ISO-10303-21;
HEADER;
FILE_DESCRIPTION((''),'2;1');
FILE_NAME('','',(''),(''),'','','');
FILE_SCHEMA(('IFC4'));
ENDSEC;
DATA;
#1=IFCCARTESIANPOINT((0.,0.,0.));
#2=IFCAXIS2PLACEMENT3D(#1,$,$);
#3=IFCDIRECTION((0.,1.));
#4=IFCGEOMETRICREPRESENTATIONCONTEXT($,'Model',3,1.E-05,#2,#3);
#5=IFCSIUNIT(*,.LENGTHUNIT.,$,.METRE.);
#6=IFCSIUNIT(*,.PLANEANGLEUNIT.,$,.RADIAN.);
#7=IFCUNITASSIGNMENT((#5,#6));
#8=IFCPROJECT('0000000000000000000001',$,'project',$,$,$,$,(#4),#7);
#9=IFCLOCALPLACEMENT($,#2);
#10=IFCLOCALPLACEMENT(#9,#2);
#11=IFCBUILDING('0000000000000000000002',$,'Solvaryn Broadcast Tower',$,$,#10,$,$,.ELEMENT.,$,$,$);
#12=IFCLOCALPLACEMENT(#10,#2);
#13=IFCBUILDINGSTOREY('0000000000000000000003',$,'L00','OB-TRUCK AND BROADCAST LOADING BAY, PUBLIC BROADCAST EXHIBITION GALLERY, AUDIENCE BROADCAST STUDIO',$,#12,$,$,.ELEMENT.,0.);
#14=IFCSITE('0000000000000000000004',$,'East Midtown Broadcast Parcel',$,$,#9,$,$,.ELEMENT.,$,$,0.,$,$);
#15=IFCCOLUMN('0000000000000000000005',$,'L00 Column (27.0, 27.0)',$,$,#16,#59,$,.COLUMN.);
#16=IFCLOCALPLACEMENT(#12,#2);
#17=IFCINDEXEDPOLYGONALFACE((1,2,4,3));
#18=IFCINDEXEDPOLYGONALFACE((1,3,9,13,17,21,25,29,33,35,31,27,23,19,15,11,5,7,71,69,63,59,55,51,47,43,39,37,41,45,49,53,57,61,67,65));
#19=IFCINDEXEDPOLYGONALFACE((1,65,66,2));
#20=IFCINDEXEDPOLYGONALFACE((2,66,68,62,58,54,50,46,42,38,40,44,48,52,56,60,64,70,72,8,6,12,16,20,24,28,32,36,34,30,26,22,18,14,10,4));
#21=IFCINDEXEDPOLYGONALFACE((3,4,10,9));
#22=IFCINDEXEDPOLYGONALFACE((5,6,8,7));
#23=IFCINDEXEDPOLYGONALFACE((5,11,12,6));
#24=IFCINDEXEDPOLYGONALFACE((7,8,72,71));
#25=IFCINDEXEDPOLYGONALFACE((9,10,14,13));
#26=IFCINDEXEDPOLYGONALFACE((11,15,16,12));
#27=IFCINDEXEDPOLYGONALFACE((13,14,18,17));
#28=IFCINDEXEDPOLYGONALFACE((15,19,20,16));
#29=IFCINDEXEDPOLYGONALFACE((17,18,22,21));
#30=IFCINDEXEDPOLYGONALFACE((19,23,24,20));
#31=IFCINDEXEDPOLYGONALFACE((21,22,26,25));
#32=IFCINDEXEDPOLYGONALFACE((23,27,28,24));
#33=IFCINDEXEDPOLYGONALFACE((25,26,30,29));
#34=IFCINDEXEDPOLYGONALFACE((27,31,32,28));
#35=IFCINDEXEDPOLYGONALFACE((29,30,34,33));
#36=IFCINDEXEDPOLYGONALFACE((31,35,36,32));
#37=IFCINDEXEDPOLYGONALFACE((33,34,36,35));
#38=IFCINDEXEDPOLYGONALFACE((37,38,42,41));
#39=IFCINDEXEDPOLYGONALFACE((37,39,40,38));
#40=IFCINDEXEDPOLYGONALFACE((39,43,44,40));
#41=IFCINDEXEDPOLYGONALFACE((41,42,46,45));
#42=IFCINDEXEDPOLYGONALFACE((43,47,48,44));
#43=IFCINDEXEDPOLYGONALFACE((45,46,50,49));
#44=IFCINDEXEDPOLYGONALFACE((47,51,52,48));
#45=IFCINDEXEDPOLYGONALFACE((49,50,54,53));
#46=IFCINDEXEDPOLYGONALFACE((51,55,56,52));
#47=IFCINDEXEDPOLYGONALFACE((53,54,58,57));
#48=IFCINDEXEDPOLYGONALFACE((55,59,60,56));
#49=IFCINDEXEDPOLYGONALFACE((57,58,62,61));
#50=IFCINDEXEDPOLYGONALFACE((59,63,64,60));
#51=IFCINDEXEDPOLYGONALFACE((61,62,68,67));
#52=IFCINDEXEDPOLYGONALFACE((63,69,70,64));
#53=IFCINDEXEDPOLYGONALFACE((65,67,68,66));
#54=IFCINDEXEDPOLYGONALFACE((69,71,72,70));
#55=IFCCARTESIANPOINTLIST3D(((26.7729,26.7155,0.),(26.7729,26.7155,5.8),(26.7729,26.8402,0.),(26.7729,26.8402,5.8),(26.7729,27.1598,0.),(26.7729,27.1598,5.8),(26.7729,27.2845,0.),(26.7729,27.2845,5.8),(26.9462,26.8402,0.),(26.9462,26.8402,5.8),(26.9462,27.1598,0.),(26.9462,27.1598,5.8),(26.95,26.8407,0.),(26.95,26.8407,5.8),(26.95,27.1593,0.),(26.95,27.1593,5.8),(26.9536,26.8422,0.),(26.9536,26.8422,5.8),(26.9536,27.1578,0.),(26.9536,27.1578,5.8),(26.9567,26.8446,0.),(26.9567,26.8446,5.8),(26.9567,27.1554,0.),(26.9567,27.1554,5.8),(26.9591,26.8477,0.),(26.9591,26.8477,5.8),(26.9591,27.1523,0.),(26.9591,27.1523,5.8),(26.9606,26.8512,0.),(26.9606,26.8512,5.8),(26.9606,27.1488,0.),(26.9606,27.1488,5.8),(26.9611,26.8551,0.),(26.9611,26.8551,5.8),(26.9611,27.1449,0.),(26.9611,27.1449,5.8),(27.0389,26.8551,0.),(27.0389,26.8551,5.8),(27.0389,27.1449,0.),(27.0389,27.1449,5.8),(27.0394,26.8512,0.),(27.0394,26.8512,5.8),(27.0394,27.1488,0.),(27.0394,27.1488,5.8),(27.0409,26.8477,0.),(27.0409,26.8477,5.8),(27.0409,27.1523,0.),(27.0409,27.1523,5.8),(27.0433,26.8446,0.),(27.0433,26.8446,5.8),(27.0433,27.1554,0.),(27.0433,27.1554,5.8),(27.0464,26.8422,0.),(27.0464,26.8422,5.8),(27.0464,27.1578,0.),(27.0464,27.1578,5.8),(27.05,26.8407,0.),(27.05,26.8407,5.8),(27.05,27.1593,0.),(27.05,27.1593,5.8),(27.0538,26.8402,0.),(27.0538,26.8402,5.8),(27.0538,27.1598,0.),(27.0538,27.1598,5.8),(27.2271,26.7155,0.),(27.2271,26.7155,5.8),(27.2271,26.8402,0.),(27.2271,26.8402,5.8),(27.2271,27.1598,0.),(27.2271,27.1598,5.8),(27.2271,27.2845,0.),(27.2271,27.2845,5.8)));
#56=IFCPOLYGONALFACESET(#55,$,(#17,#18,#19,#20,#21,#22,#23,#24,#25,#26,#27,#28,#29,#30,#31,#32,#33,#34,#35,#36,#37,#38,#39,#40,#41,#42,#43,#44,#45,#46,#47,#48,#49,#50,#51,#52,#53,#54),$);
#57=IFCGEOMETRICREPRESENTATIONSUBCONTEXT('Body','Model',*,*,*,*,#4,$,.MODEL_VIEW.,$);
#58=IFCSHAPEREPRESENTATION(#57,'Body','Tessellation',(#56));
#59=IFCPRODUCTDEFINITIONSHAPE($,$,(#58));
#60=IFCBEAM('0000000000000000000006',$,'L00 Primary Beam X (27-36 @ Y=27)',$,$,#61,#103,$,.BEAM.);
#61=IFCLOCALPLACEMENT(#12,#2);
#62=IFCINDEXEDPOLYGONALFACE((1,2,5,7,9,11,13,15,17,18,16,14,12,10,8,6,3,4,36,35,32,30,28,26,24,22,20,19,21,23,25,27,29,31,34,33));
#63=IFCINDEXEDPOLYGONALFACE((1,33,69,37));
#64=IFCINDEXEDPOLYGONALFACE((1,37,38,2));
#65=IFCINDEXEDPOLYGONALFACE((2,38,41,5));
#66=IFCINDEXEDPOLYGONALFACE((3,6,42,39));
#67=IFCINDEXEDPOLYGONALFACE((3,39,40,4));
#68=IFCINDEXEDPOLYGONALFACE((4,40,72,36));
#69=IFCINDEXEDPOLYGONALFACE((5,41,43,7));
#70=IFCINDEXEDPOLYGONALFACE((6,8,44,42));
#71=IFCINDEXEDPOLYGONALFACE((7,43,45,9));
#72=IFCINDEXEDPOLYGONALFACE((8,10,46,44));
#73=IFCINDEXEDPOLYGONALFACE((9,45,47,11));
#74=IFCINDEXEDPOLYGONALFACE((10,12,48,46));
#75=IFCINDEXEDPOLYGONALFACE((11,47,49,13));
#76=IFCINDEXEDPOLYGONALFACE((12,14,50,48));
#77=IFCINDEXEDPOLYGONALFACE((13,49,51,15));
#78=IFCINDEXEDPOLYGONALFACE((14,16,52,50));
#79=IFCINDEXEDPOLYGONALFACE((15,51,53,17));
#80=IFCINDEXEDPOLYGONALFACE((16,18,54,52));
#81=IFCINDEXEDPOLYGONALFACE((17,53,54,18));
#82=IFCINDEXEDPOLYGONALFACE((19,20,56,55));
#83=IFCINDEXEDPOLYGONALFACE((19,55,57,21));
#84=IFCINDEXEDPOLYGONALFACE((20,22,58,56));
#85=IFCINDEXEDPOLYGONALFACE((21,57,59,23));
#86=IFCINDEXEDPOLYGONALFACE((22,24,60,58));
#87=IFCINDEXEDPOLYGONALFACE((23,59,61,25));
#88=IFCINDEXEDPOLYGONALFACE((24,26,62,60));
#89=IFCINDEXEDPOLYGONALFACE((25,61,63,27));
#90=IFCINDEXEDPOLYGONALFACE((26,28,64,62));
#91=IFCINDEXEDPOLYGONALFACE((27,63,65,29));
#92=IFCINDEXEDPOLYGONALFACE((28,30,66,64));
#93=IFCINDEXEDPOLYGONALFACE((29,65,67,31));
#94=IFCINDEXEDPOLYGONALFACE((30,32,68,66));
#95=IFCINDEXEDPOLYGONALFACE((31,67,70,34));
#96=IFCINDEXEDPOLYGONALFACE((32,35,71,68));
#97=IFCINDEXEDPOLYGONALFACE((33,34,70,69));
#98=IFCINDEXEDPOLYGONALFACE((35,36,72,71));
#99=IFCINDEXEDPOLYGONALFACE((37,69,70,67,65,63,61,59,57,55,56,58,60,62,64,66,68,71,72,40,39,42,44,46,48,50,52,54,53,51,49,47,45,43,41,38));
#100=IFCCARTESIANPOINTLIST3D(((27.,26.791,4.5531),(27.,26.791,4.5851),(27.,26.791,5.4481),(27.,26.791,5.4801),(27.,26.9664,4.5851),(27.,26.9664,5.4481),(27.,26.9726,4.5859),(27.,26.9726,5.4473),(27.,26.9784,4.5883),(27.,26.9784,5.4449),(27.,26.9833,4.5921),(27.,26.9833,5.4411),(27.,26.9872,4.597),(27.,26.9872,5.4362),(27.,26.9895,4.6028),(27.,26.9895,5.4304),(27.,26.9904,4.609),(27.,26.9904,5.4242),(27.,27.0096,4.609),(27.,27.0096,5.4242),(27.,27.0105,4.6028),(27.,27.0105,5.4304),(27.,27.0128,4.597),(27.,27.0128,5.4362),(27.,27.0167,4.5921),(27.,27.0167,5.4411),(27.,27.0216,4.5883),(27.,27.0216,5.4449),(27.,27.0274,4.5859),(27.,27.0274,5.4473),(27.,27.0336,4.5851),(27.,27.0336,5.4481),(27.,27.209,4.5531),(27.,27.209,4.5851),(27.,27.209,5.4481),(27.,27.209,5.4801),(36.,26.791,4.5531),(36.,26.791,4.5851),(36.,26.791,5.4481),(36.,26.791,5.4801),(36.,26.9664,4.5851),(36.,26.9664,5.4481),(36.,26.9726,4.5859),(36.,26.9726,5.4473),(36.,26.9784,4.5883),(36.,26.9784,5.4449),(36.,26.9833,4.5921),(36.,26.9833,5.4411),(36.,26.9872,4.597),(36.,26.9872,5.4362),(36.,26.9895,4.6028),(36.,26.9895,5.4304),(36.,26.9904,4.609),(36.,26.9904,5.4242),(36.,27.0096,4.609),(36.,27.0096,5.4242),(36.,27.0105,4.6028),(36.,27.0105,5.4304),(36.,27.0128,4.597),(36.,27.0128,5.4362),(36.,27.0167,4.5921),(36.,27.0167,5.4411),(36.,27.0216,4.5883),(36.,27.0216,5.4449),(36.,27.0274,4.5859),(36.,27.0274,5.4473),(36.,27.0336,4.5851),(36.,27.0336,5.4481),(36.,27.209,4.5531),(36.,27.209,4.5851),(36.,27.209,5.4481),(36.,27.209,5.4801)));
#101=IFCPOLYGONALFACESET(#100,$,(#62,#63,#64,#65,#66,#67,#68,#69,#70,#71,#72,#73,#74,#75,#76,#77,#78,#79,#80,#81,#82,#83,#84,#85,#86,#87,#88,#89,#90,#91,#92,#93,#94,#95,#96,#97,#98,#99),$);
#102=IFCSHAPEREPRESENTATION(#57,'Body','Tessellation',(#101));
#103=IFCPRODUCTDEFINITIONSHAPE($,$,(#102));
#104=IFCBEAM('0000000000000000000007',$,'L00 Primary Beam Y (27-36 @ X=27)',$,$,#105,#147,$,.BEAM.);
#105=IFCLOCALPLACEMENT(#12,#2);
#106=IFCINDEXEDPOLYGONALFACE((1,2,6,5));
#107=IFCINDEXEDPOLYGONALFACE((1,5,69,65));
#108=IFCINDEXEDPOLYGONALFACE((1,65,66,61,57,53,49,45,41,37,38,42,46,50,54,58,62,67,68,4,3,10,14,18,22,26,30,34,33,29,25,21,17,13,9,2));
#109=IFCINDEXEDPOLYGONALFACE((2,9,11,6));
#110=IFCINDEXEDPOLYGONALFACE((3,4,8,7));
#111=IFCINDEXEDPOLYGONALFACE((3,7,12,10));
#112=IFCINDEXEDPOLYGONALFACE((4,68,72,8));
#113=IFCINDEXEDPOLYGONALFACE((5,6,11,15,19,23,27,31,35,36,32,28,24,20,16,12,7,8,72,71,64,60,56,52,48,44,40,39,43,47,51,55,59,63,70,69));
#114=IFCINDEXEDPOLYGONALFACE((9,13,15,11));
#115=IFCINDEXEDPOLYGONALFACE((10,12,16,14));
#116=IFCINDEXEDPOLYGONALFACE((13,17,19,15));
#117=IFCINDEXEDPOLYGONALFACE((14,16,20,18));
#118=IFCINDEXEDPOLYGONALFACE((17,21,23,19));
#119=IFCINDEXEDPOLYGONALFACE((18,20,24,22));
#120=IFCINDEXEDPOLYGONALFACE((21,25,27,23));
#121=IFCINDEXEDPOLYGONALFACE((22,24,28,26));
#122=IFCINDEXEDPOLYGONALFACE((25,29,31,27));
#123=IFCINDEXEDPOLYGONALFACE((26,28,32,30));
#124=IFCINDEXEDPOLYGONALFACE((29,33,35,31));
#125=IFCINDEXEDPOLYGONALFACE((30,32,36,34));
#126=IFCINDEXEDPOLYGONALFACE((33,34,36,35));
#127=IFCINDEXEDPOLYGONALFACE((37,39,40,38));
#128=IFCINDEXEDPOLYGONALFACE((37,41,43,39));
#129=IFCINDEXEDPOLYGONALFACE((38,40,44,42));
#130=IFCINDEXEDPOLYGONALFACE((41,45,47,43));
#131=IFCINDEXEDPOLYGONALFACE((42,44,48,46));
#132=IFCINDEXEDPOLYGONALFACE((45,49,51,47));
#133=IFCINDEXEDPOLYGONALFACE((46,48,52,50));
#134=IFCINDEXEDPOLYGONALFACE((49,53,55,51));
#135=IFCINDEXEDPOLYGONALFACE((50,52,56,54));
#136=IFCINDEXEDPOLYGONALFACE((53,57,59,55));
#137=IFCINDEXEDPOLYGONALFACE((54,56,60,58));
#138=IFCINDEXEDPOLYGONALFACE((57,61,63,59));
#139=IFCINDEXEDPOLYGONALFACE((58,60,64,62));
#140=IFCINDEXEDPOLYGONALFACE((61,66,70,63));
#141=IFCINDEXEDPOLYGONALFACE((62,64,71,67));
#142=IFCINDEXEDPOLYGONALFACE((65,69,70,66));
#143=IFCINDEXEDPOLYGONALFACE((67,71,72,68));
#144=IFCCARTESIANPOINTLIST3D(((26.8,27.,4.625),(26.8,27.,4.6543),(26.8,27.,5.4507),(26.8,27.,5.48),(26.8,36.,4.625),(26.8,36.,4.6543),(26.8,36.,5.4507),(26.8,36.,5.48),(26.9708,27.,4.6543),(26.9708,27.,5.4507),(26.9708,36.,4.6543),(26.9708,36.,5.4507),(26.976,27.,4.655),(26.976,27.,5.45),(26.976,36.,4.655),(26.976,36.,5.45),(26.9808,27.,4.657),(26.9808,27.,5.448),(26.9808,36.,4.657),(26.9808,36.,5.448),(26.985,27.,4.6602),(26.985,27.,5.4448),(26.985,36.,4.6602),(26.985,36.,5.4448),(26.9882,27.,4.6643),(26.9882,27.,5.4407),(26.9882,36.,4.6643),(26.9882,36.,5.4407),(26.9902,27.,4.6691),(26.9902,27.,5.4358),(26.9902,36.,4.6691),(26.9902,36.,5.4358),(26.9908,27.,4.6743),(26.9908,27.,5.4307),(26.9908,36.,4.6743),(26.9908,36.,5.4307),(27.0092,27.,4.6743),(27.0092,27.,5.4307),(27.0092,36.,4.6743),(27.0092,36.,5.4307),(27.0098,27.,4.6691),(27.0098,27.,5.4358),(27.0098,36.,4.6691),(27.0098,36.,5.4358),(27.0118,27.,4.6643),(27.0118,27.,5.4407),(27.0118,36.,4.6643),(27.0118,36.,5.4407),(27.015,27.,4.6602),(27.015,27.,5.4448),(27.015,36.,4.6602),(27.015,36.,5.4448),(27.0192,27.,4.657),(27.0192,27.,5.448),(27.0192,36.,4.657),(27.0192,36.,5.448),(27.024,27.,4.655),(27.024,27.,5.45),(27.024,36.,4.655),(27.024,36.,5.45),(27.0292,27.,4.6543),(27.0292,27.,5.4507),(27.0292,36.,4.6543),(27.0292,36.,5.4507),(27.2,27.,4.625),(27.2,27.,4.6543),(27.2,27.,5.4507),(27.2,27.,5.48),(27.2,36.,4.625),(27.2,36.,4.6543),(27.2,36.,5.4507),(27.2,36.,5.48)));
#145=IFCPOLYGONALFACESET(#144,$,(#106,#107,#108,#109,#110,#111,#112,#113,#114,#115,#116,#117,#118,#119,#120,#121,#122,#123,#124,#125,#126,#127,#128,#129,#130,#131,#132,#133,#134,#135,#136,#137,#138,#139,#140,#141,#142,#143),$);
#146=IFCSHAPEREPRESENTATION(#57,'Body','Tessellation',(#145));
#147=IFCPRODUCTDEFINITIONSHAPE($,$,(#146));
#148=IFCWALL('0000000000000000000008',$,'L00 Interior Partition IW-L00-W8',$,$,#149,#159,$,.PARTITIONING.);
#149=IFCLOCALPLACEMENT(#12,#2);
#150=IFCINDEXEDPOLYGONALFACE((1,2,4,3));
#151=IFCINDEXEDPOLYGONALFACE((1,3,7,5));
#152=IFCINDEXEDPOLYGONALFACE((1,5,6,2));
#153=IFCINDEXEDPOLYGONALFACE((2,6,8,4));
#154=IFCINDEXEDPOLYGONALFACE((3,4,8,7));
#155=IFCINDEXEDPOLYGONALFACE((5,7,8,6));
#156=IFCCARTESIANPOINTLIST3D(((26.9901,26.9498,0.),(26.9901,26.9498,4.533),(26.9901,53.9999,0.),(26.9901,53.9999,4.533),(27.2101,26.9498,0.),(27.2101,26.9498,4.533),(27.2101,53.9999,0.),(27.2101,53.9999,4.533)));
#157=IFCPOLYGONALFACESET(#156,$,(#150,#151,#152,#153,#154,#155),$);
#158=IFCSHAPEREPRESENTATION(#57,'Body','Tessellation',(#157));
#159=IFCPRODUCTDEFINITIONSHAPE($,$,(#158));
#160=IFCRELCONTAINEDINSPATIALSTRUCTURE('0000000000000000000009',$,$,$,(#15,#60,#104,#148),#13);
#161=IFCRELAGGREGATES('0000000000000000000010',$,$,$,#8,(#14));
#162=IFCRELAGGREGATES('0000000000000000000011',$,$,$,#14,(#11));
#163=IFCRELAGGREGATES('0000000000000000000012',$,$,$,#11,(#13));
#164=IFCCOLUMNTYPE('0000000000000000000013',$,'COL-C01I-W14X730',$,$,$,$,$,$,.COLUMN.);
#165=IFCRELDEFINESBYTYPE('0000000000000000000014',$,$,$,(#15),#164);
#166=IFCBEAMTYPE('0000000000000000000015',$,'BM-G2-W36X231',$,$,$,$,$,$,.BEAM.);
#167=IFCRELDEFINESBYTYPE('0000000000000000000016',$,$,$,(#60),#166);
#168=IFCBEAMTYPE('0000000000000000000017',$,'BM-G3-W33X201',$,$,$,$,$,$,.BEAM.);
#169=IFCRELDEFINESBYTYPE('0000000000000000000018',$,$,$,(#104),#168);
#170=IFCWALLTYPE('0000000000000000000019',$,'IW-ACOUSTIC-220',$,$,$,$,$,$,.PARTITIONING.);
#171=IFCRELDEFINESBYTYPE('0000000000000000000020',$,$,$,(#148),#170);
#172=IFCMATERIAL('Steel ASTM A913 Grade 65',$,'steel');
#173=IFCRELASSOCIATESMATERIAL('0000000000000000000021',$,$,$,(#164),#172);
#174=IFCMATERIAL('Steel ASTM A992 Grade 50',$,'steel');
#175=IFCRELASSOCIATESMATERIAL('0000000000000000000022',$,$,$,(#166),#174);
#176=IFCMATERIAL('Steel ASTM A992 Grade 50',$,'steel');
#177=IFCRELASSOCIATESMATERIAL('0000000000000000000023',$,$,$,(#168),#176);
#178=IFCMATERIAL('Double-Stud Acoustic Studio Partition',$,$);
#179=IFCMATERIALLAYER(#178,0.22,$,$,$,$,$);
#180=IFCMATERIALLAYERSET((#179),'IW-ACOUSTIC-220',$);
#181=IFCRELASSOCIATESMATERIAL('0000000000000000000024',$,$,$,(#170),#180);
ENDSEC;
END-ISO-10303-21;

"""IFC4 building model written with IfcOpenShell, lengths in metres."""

from ifc_helpers import new_model, si_unit, direction, frame, frame_2d, origin, origin_2d, place, context, subcontext, project, spatial, rectangle, i_section, extrude, material, layer, layer_set, material_profile, profile_set, type_object, element, save


model = new_model("IFC4")

# Units and contexts
model_context = context("Model", 3, precision=1e-05, world=origin(), true_north=direction((0.0, 1.0)))
body_context = subcontext(model_context, "Body", "Model", "MODEL_VIEW")
ifc_project = project(units=[si_unit("LENGTHUNIT", "METRE"), si_unit("PLANEANGLEUNIT", "RADIAN")], contexts=[model_context])

# Site, building, storey
site_placement = place(None, origin())
site = spatial("IfcSite", under=ifc_project, at=site_placement, Name="East Midtown Broadcast Parcel", CompositionType="ELEMENT", RefElevation=0.0)
building_placement = place(site_placement, origin())
building = spatial("IfcBuilding", under=site, at=building_placement, Name="Solvaryn Broadcast Tower", CompositionType="ELEMENT")
storey_placement = place(building_placement, origin())
storey = spatial("IfcBuildingStorey", under=building, at=storey_placement, Name="L00", Description="OB-TRUCK AND BROADCAST LOADING BAY, PUBLIC BROADCAST EXHIBITION GALLERY, AUDIENCE BROADCAST STUDIO", CompositionType="ELEMENT", Elevation=0.0)

# Column
ifc_material_1 = material(Name="Steel ASTM A913 Grade 65", Category="steel")
ifc_material_profile_1 = material_profile(ifc_material_1, i_section(OverallWidth=0.4541, OverallDepth=0.5691, WebThickness=0.0779, FlangeThickness=0.1248, FilletRadius=0.0149, at=origin_2d()))
ifc_profile_set_1 = profile_set([ifc_material_profile_1], Name="Steel ASTM A913 Grade 65")
column_type = type_object("IfcColumnType", Name="COL-C01I-W14X730", PredefinedType="COLUMN", material=ifc_profile_set_1)
column_placement = place(storey_placement, frame((27.0, 27.0, 0.0), z_axis=(0.0, 0.0, 1.0), x_axis=(1.0, 0.0, 0.0)))
element("IfcColumn", 1, at=column_placement, inside=storey, type_object=column_type, Name="L00 Column (27.0, 27.0)", PredefinedType="COLUMN", context=body_context, shape_type="SweptSolid", body=[
    extrude(i_section(OverallWidth=0.4541, OverallDepth=0.5691, WebThickness=0.0779, FlangeThickness=0.1248, FilletRadius=0.0149, at=origin_2d()), origin(), (0.0, 0.0, 1.0), 5.8),
])

# Beams
ifc_material_2 = material(Name="Steel ASTM A992 Grade 50", Category="steel")
ifc_material_profile_2 = material_profile(ifc_material_2, i_section(OverallWidth=0.418, OverallDepth=0.927, WebThickness=0.0193, FlangeThickness=0.032, FilletRadius=0.0239, at=origin_2d()))
ifc_profile_set_2 = profile_set([ifc_material_profile_2], Name="Steel ASTM A992 Grade 50")
beam_type_1 = type_object("IfcBeamType", Name="BM-G2-W36X231", PredefinedType="BEAM", material=ifc_profile_set_2)
beam_1_placement = place(storey_placement, frame((27.0, 27.0, 5.0166), z_axis=(1.0, 0.0, 0.0), x_axis=(0.0, 1.0, 0.0)))
element("IfcBeam", 2, at=beam_1_placement, inside=storey, type_object=beam_type_1, Name="L00 Primary Beam X (27-36 @ Y=27)", PredefinedType="BEAM", context=body_context, shape_type="SweptSolid", body=[
    extrude(i_section(OverallWidth=0.418, OverallDepth=0.927, WebThickness=0.0193, FlangeThickness=0.032, FilletRadius=0.0239, at=origin_2d()), origin(), (0.0, 0.0, 1.0), 9.0),
])
ifc_material_3 = material(Name="Steel ASTM A992 Grade 50", Category="steel")
ifc_material_profile_3 = material_profile(ifc_material_3, i_section(OverallWidth=0.3999, OverallDepth=0.855, WebThickness=0.0183, FlangeThickness=0.0293, FilletRadius=0.02, at=origin_2d()))
ifc_profile_set_3 = profile_set([ifc_material_profile_3], Name="Steel ASTM A992 Grade 50")
beam_type_2 = type_object("IfcBeamType", Name="BM-G3-W33X201", PredefinedType="BEAM", material=ifc_profile_set_3)
beam_2_placement = place(storey_placement, frame((27.0, 27.0, 5.0525), z_axis=(0.0, 1.0, 0.0), x_axis=(-1.0, 0.0, 0.0)))
element("IfcBeam", 3, at=beam_2_placement, inside=storey, type_object=beam_type_2, Name="L00 Primary Beam Y (27-36 @ X=27)", PredefinedType="BEAM", context=body_context, shape_type="SweptSolid", body=[
    extrude(i_section(OverallWidth=0.3999, OverallDepth=0.855, WebThickness=0.0183, FlangeThickness=0.0293, FilletRadius=0.02, at=origin_2d()), origin(), (0.0, 0.0, 1.0), 9.0),
])

# Wall
ifc_material_4 = material(Name="Double-Stud Acoustic Studio Partition")
ifc_layer_1 = layer(ifc_material_4, 0.22)
ifc_layer_set_1 = layer_set([ifc_layer_1], Name="IW-ACOUSTIC-220")
wall_type_1 = type_object("IfcWallType", Name="IW-ACOUSTIC-220", PredefinedType="PARTITIONING", material=ifc_layer_set_1)
wall_1_placement = place(storey_placement, frame((27.1001, 26.95, 0.0), z_axis=(0.0, 0.0, 1.0), x_axis=(0.0, 1.0, 0.0)))
element("IfcWall", 4, at=wall_1_placement, inside=storey, type_object=wall_type_1, Name="L00 Interior Partition IW-L00-W8", PredefinedType="PARTITIONING", context=body_context, shape_type="SweptSolid", body=[
    extrude(rectangle(XDim=27.05, YDim=0.22, at=frame_2d((13.5249, 0.0))), origin(), (0.0, 0.0, 1.0), 4.533),
])

save(model, "model.ifc")
